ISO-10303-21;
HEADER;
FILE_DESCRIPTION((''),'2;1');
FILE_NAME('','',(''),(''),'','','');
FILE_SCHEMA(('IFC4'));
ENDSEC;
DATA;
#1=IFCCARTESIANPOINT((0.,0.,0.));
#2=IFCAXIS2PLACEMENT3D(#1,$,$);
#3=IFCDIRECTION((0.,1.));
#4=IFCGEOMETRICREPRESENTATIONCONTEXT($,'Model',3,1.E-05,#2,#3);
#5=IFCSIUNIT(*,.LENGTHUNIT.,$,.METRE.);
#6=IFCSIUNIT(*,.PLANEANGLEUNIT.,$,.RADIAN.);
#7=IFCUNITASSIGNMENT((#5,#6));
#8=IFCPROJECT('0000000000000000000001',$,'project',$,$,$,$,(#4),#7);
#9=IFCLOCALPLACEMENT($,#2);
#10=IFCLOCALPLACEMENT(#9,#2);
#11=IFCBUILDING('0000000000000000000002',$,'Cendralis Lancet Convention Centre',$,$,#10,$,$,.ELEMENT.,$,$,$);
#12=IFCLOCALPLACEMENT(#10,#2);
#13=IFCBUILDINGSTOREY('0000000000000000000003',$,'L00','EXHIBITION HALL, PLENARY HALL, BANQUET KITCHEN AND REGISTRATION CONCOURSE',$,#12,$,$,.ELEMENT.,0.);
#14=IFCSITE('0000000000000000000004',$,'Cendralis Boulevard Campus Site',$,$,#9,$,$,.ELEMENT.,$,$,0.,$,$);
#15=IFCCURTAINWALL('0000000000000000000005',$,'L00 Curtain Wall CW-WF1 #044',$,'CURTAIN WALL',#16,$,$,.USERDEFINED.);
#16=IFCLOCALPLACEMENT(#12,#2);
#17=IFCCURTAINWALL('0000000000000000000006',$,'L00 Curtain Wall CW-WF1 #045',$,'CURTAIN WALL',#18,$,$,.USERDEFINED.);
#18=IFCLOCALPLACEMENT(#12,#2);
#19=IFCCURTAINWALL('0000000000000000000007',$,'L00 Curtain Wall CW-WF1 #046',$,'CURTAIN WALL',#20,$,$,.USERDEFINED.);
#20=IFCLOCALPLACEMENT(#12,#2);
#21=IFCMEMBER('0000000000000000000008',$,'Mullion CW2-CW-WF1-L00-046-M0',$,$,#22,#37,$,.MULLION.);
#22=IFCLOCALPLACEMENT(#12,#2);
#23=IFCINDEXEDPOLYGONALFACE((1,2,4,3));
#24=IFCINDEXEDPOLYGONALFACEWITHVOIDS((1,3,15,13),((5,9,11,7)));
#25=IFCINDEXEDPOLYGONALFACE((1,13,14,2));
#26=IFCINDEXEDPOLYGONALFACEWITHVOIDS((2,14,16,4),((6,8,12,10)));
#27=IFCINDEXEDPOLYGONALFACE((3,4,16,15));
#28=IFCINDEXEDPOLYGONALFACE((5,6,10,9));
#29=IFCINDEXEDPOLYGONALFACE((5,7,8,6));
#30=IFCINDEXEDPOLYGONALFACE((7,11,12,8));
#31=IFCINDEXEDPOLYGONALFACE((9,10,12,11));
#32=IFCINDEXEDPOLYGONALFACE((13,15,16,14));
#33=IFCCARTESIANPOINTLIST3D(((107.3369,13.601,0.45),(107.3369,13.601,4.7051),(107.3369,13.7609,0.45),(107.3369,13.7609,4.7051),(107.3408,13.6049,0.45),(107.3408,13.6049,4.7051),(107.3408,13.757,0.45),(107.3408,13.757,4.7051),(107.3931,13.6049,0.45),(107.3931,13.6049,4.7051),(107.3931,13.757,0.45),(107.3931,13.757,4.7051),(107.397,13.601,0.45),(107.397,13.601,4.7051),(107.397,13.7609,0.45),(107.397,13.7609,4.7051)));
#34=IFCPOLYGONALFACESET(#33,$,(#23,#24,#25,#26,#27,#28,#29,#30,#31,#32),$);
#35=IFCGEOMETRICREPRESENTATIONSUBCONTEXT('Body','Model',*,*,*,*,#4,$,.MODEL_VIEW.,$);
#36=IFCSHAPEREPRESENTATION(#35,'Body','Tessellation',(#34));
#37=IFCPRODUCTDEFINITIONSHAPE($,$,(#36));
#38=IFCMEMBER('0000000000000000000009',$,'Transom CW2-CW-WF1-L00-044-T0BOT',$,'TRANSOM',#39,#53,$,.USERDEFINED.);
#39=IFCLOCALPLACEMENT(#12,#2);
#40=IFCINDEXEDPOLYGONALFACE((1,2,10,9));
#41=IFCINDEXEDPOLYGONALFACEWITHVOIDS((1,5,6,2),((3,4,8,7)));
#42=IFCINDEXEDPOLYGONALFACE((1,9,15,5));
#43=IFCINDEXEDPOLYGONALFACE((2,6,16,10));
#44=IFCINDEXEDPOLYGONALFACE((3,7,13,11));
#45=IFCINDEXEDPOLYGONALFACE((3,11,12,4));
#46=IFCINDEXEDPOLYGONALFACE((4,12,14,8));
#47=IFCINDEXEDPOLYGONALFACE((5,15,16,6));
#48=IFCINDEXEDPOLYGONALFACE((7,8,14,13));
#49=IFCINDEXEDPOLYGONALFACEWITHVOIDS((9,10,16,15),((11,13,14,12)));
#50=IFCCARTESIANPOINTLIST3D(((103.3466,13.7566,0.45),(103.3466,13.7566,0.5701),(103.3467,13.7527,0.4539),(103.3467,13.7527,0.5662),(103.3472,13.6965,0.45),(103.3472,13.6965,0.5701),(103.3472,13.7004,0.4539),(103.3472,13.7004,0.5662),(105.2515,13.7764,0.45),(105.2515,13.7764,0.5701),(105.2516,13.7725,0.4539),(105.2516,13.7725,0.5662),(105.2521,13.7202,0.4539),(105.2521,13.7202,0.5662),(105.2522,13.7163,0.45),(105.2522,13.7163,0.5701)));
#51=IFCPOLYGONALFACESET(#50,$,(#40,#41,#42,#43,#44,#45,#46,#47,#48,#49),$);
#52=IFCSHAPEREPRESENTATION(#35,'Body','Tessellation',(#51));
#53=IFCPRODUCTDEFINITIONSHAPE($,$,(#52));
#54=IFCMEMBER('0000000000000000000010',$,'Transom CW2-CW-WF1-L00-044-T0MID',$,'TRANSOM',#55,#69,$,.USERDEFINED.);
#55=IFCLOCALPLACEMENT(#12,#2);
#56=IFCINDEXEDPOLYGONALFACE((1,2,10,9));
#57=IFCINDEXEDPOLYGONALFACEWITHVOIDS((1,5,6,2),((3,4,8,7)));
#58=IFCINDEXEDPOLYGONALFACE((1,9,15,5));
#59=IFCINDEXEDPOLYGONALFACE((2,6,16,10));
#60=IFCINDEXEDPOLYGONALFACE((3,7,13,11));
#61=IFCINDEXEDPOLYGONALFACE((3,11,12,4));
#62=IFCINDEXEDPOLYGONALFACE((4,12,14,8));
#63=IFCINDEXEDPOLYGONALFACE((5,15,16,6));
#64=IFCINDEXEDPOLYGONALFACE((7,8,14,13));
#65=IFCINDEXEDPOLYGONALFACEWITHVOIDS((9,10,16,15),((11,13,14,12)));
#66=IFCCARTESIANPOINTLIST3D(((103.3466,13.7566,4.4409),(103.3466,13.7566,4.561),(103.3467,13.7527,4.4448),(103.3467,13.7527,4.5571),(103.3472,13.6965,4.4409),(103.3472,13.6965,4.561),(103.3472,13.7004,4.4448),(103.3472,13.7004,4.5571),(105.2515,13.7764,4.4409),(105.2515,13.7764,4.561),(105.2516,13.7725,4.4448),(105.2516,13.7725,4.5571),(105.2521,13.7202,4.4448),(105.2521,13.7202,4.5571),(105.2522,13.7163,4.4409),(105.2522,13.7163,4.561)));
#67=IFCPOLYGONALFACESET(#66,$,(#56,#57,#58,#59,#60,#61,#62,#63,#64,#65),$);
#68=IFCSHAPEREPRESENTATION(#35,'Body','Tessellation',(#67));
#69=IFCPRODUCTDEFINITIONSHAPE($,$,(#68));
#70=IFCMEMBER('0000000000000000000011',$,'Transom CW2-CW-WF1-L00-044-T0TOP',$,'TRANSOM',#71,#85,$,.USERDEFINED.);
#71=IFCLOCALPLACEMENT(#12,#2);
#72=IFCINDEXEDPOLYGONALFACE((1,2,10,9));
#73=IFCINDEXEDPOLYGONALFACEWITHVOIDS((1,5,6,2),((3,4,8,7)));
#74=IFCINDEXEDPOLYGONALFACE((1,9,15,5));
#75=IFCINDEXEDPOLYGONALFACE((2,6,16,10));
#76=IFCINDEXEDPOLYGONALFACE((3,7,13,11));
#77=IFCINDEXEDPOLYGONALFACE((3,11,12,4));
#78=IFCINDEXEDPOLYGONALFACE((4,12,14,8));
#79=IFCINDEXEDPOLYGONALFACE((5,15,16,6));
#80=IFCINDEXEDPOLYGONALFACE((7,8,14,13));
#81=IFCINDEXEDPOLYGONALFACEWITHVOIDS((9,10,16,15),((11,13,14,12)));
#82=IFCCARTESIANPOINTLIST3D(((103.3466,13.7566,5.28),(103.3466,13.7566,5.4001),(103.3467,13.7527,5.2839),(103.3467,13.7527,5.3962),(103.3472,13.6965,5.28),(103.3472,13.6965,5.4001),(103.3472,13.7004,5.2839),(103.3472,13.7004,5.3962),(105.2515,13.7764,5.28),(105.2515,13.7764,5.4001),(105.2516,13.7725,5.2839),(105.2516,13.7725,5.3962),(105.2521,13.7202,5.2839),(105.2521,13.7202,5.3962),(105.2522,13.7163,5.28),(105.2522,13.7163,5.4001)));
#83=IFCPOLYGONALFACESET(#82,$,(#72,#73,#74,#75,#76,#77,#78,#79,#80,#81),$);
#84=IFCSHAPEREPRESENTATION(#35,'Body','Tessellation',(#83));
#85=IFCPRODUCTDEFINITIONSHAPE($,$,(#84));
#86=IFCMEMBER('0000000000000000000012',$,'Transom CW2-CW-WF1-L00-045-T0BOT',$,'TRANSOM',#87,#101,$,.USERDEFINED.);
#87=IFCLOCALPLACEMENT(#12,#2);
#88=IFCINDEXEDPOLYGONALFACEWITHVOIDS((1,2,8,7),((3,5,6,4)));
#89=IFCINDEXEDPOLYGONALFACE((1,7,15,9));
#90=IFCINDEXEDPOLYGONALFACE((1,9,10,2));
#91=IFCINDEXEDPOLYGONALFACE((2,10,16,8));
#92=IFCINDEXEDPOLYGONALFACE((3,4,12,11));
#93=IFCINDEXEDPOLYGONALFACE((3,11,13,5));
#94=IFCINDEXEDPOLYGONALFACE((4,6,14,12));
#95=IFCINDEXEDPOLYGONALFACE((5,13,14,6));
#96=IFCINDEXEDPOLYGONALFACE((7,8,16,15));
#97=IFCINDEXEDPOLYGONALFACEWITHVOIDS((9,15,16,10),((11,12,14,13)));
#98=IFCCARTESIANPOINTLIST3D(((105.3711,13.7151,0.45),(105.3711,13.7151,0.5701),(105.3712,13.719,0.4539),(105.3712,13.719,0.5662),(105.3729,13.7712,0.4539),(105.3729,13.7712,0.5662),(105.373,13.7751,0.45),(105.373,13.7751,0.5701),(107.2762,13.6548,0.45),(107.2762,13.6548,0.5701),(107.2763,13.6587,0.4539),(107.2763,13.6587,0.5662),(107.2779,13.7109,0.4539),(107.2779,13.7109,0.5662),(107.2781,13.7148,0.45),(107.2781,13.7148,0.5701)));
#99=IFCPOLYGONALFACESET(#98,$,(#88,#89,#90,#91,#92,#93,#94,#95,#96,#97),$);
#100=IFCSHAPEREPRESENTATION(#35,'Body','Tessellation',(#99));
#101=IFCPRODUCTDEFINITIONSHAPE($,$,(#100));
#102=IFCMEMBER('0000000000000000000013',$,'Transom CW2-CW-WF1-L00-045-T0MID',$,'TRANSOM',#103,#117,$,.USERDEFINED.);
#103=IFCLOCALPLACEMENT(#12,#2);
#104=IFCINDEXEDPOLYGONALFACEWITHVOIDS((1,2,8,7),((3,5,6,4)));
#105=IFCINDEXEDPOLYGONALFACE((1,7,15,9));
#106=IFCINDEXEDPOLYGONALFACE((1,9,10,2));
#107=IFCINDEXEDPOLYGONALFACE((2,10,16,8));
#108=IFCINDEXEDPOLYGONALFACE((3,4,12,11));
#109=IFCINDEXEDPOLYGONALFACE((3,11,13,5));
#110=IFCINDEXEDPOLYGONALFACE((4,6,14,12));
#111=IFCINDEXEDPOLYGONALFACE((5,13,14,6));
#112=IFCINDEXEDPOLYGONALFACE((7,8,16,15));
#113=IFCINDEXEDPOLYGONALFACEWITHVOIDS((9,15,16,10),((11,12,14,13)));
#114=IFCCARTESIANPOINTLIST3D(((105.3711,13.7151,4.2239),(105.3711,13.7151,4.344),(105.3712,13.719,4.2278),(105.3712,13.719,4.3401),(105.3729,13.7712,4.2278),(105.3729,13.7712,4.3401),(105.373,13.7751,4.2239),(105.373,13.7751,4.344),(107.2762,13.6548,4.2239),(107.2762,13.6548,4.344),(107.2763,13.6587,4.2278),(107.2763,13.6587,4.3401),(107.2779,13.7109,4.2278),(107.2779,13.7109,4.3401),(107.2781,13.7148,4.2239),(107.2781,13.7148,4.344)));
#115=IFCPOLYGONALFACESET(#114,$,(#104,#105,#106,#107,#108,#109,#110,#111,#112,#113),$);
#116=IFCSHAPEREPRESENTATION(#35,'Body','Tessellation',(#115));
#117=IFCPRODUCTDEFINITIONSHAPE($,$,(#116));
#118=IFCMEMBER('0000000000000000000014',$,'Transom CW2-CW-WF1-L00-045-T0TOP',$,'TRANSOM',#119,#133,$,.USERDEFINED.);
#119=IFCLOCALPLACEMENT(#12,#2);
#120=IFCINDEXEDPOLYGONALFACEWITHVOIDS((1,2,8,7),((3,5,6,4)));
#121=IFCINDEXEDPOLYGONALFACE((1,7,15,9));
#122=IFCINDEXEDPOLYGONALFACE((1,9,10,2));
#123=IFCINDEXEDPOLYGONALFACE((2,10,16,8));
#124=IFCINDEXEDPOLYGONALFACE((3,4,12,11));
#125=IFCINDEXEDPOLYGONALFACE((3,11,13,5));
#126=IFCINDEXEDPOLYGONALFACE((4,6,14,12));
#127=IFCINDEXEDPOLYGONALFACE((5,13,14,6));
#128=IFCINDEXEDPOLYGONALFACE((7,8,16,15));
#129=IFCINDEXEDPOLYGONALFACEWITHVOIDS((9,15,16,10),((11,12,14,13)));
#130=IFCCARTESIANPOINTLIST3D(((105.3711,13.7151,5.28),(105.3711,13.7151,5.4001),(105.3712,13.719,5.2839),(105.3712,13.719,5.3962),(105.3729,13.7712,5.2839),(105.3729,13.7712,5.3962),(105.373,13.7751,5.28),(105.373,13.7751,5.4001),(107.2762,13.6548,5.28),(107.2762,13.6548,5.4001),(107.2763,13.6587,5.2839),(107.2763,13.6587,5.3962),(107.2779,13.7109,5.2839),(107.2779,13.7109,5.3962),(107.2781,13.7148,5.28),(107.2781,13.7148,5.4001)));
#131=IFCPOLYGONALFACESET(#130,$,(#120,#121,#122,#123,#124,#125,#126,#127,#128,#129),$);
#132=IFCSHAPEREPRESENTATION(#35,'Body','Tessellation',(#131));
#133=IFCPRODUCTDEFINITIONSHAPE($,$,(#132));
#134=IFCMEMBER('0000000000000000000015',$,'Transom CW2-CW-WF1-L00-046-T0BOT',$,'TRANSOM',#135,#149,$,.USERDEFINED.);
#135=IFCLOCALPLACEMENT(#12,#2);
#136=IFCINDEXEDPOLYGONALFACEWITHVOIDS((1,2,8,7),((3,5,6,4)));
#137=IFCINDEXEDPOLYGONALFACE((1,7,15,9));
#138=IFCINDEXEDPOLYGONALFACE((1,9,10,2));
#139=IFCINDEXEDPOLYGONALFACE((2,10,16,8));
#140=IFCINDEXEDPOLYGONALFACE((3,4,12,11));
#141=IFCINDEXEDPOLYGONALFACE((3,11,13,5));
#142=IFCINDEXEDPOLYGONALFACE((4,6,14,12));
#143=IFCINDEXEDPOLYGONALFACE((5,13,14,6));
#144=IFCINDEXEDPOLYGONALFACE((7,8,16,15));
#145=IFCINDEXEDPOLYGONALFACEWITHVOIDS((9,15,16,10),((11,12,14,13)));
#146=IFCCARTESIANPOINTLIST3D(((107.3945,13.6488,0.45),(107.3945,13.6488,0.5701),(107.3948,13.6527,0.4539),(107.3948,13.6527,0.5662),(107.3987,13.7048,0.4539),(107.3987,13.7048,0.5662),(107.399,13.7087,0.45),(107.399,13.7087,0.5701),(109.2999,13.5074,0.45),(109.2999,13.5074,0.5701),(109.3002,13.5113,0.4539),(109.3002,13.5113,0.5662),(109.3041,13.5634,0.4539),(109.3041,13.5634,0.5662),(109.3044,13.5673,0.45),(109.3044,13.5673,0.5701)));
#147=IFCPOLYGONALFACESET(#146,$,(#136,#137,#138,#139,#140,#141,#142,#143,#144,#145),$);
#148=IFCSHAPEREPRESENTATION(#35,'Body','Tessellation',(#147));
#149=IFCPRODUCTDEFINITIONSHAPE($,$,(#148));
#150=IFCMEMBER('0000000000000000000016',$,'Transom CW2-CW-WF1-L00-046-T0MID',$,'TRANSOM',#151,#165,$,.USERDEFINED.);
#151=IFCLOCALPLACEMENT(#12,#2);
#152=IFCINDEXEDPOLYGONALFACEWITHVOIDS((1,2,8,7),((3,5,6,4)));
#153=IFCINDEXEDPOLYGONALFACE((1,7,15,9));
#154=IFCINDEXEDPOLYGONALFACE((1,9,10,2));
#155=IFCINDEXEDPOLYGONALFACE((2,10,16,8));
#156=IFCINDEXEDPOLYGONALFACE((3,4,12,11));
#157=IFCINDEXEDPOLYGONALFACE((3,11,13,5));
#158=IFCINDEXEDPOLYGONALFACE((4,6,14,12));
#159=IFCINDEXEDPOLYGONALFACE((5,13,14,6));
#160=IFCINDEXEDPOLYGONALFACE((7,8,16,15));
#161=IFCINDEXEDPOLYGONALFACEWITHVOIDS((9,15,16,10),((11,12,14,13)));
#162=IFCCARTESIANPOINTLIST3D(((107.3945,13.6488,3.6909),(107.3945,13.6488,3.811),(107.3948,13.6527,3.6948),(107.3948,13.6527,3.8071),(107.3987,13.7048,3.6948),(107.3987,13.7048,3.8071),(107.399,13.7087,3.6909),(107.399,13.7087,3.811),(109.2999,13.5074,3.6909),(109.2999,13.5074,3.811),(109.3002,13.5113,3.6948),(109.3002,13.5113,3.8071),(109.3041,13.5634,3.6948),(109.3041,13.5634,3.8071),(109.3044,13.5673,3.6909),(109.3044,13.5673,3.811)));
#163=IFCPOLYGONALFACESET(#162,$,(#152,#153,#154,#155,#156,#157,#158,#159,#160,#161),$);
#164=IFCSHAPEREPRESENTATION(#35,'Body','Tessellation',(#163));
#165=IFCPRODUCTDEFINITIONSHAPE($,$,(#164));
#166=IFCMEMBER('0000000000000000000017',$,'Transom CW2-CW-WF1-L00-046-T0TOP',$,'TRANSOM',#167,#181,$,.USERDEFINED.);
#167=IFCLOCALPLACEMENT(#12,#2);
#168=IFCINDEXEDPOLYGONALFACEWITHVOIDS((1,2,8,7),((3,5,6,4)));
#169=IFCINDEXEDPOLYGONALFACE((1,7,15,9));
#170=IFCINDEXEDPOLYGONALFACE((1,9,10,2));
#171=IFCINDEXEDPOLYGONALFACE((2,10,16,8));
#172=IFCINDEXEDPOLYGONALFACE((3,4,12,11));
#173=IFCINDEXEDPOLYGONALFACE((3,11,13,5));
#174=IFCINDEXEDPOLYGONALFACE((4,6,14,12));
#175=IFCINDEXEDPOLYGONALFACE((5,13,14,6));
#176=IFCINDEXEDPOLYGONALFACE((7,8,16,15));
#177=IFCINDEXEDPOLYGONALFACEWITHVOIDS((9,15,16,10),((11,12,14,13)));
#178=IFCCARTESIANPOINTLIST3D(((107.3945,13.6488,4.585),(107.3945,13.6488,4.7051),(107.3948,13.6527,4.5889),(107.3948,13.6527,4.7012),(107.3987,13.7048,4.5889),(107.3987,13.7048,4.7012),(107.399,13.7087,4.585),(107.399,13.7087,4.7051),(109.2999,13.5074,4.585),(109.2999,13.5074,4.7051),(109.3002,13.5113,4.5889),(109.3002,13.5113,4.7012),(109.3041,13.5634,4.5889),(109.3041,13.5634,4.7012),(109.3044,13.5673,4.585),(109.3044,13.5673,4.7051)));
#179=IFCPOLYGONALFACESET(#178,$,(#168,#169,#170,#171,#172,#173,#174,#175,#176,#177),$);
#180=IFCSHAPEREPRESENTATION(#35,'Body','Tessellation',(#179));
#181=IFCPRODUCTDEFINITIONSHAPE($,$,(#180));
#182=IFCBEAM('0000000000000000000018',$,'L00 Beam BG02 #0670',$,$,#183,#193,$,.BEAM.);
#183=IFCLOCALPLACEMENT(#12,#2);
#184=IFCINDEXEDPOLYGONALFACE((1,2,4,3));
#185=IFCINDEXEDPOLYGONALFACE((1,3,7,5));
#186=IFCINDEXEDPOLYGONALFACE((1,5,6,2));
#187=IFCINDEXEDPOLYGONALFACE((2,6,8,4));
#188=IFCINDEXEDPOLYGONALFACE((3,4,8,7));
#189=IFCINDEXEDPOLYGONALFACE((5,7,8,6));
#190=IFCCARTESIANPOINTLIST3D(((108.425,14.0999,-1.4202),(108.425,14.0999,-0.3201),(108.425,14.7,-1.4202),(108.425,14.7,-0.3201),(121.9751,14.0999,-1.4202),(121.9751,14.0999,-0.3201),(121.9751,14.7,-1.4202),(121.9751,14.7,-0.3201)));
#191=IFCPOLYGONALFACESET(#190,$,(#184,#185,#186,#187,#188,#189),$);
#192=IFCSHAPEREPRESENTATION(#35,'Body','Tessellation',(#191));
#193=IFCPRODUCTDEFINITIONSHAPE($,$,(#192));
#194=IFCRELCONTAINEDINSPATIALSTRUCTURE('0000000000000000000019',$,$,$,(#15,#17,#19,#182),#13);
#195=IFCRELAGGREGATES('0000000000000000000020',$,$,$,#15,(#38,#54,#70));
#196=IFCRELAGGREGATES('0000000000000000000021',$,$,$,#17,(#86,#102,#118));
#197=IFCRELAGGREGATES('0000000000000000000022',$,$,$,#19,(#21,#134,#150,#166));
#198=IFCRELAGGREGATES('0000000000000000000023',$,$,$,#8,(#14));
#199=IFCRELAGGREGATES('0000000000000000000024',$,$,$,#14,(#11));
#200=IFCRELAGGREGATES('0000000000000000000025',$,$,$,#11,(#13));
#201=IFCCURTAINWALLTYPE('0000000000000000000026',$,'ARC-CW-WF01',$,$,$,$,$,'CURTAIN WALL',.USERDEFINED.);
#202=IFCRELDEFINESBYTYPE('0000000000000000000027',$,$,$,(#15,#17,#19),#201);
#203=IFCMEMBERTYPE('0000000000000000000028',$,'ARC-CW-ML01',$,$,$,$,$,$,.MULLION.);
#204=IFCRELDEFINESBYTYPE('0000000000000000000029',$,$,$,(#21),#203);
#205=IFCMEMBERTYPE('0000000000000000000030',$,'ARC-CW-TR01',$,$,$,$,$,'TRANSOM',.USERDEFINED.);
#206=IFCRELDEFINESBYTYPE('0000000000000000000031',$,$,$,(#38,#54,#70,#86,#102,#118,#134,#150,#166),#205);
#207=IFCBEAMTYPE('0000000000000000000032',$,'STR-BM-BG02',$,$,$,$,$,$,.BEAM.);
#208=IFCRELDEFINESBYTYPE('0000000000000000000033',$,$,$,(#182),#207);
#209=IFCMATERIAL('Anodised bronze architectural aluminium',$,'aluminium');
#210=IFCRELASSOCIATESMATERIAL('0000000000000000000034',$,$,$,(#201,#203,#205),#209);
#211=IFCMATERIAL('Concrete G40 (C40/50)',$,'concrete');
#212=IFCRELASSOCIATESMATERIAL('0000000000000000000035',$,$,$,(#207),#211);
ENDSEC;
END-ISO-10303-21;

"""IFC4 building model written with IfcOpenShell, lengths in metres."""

from ifc_helpers import new_model, si_unit, direction, frame, origin, origin_2d, place, context, subcontext, project, spatial, rectangle, hollow_rectangle, extrude, material, material_profile, profile_set, type_object, element, aggregate, save


model = new_model("IFC4")

# Units and contexts
model_context = context("Model", 3, precision=1e-05, world=origin(), true_north=direction((0.0, 1.0)))
body_context = subcontext(model_context, "Body", "Model", "MODEL_VIEW")
ifc_project = project(units=[si_unit("LENGTHUNIT", "METRE"), si_unit("PLANEANGLEUNIT", "RADIAN")], contexts=[model_context])

# Site, building, storey
site_placement = place(None, origin())
site = spatial("IfcSite", under=ifc_project, at=site_placement, Name="Cendralis Boulevard Campus Site", CompositionType="ELEMENT", RefElevation=0.0)
building_placement = place(site_placement, origin())
building = spatial("IfcBuilding", under=site, at=building_placement, Name="Cendralis Lancet Convention Centre", CompositionType="ELEMENT")
storey_placement = place(building_placement, origin())
storey = spatial("IfcBuildingStorey", under=building, at=storey_placement, Name="L00", Description="EXHIBITION HALL, PLENARY HALL, BANQUET KITCHEN AND REGISTRATION CONCOURSE", CompositionType="ELEMENT", Elevation=0.0)

# Shared definitions
ifc_material_1 = material(Name="Concrete G40 (C40/50)", Category="concrete")

# Curtain walls
ifc_material_2 = material(Name="Anodised bronze architectural aluminium", Category="aluminium")
curtain_wall_type = type_object("IfcCurtainWallType", Name="ARC-CW-WF01", ElementType="CURTAIN WALL", PredefinedType="USERDEFINED", material=ifc_material_2)
curtain_wall_1_placement = place(storey_placement, origin())
curtain_wall_1 = element("IfcCurtainWall", 1, at=curtain_wall_1_placement, inside=storey, type_object=curtain_wall_type, Name="L00 Curtain Wall CW-WF1 #044", ObjectType="CURTAIN WALL", PredefinedType="USERDEFINED")
ifc_material_profile_1 = material_profile(ifc_material_2, hollow_rectangle(XDim=0.0601, YDim=0.1599, WallThickness=0.0039, at=origin_2d()), Name="AL-MULL 60x160x4.0")
ifc_profile_set_1 = profile_set([ifc_material_profile_1], Name="Anodised bronze architectural aluminium")
member_type_1 = type_object("IfcMemberType", Name="ARC-CW-ML01", PredefinedType="MULLION", material=ifc_profile_set_1)
curtain_wall_2_placement = place(storey_placement, origin())
curtain_wall_2 = element("IfcCurtainWall", 2, at=curtain_wall_2_placement, inside=storey, type_object=curtain_wall_type, Name="L00 Curtain Wall CW-WF1 #045", ObjectType="CURTAIN WALL", PredefinedType="USERDEFINED")

# Curtain wall, member
curtain_wall_3_placement = place(storey_placement, origin())
curtain_wall_3 = element("IfcCurtainWall", 3, at=curtain_wall_3_placement, inside=storey, type_object=curtain_wall_type, Name="L00 Curtain Wall CW-WF1 #046", ObjectType="CURTAIN WALL", PredefinedType="USERDEFINED")
member_1_placement = place(storey_placement, frame((107.3669, 13.6809, 0.45), z_axis=(0.0, 0.0, 1.0), x_axis=(1.0, 0.0, 0.0)))
member_1 = element("IfcMember", 4, at=member_1_placement, type_object=member_type_1, Name="Mullion CW2-CW-WF1-L00-046-M0", PredefinedType="MULLION", context=body_context, shape_type="SweptSolid", body=[
    extrude(hollow_rectangle(XDim=0.0601, YDim=0.1599, WallThickness=0.0039, at=origin_2d()), origin(), (0.0, 0.0, 1.0), 4.2551),
])

# Members
ifc_material_profile_2 = material_profile(ifc_material_2, hollow_rectangle(XDim=0.0601, YDim=0.1201, WallThickness=0.0039, at=origin_2d()), Name="AL-TRAN 60x120x4.0")
ifc_profile_set_2 = profile_set([ifc_material_profile_2], Name="Anodised bronze architectural aluminium")
member_type_2 = type_object("IfcMemberType", Name="ARC-CW-TR01", ElementType="TRANSOM", PredefinedType="USERDEFINED", material=ifc_profile_set_2)
member_2_placement = place(storey_placement, frame((103.3469, 13.7266, 0.51), z_axis=(0.999946, 0.01038, 0.0), x_axis=(-0.01038, 0.999946, 0.0)))
member_2 = element("IfcMember", 5, at=member_2_placement, type_object=member_type_2, Name="Transom CW2-CW-WF1-L00-044-T0BOT", ObjectType="TRANSOM", PredefinedType="USERDEFINED", context=body_context, shape_type="SweptSolid", body=[
    extrude(hollow_rectangle(XDim=0.0601, YDim=0.1201, WallThickness=0.0039, at=origin_2d()), origin(), (0.0, 0.0, 1.0), 1.905),
])
member_3_placement = place(storey_placement, frame((103.3469, 13.7266, 4.501), z_axis=(0.999946, 0.01038, 0.0), x_axis=(-0.01038, 0.999946, 0.0)))
member_3 = element("IfcMember", 6, at=member_3_placement, type_object=member_type_2, Name="Transom CW2-CW-WF1-L00-044-T0MID", ObjectType="TRANSOM", PredefinedType="USERDEFINED", context=body_context, shape_type="SweptSolid", body=[
    extrude(hollow_rectangle(XDim=0.0601, YDim=0.1201, WallThickness=0.0039, at=origin_2d()), origin(), (0.0, 0.0, 1.0), 1.905),
])
member_4_placement = place(storey_placement, frame((103.3469, 13.7266, 5.3401), z_axis=(0.999946, 0.01038, 0.0), x_axis=(-0.01038, 0.999946, 0.0)))
member_4 = element("IfcMember", 7, at=member_4_placement, type_object=member_type_2, Name="Transom CW2-CW-WF1-L00-044-T0TOP", ObjectType="TRANSOM", PredefinedType="USERDEFINED", context=body_context, shape_type="SweptSolid", body=[
    extrude(hollow_rectangle(XDim=0.0601, YDim=0.1201, WallThickness=0.0039, at=origin_2d()), origin(), (0.0, 0.0, 1.0), 1.905),
])
member_5_placement = place(storey_placement, frame((105.3721, 13.7451, 0.51), z_axis=(0.999499, -0.031639, 0.0), x_axis=(0.031639, 0.999499, 0.0)))
member_5 = element("IfcMember", 8, at=member_5_placement, type_object=member_type_2, Name="Transom CW2-CW-WF1-L00-045-T0BOT", ObjectType="TRANSOM", PredefinedType="USERDEFINED", context=body_context, shape_type="SweptSolid", body=[
    extrude(hollow_rectangle(XDim=0.0601, YDim=0.1201, WallThickness=0.0039, at=origin_2d()), origin(), (0.0, 0.0, 1.0), 1.906),
])
member_6_placement = place(storey_placement, frame((105.3721, 13.7451, 4.2839), z_axis=(0.999499, -0.031639, 0.0), x_axis=(0.031639, 0.999499, 0.0)))
member_6 = element("IfcMember", 9, at=member_6_placement, type_object=member_type_2, Name="Transom CW2-CW-WF1-L00-045-T0MID", ObjectType="TRANSOM", PredefinedType="USERDEFINED", context=body_context, shape_type="SweptSolid", body=[
    extrude(hollow_rectangle(XDim=0.0601, YDim=0.1201, WallThickness=0.0039, at=origin_2d()), origin(), (0.0, 0.0, 1.0), 1.906),
])
member_7_placement = place(storey_placement, frame((105.3721, 13.7451, 5.3401), z_axis=(0.999499, -0.031639, 0.0), x_axis=(0.031639, 0.999499, 0.0)))
member_7 = element("IfcMember", 10, at=member_7_placement, type_object=member_type_2, Name="Transom CW2-CW-WF1-L00-045-T0TOP", ObjectType="TRANSOM", PredefinedType="USERDEFINED", context=body_context, shape_type="SweptSolid", body=[
    extrude(hollow_rectangle(XDim=0.0601, YDim=0.1201, WallThickness=0.0039, at=origin_2d()), origin(), (0.0, 0.0, 1.0), 1.906),
])
member_8_placement = place(storey_placement, frame((107.3967, 13.6787, 0.51), z_axis=(0.99726, -0.07398, 0.0), x_axis=(0.07398, 0.99726, 0.0)))
member_8 = element("IfcMember", 11, at=member_8_placement, type_object=member_type_2, Name="Transom CW2-CW-WF1-L00-046-T0BOT", ObjectType="TRANSOM", PredefinedType="USERDEFINED", context=body_context, shape_type="SweptSolid", body=[
    extrude(hollow_rectangle(XDim=0.0601, YDim=0.1201, WallThickness=0.0039, at=origin_2d()), origin(), (0.0, 0.0, 1.0), 1.9106),
])
member_9_placement = place(storey_placement, frame((107.3967, 13.6787, 3.751), z_axis=(0.99726, -0.07398, 0.0), x_axis=(0.07398, 0.99726, 0.0)))
member_9 = element("IfcMember", 12, at=member_9_placement, type_object=member_type_2, Name="Transom CW2-CW-WF1-L00-046-T0MID", ObjectType="TRANSOM", PredefinedType="USERDEFINED", context=body_context, shape_type="SweptSolid", body=[
    extrude(hollow_rectangle(XDim=0.0601, YDim=0.1201, WallThickness=0.0039, at=origin_2d()), origin(), (0.0, 0.0, 1.0), 1.9106),
])
member_10_placement = place(storey_placement, frame((107.3967, 13.6787, 4.645), z_axis=(0.99726, -0.07398, 0.0), x_axis=(0.07398, 0.99726, 0.0)))
member_10 = element("IfcMember", 13, at=member_10_placement, type_object=member_type_2, Name="Transom CW2-CW-WF1-L00-046-T0TOP", ObjectType="TRANSOM", PredefinedType="USERDEFINED", context=body_context, shape_type="SweptSolid", body=[
    extrude(hollow_rectangle(XDim=0.0601, YDim=0.1201, WallThickness=0.0039, at=origin_2d()), origin(), (0.0, 0.0, 1.0), 1.9106),
])

# Beam
ifc_material_profile_3 = material_profile(ifc_material_1, rectangle(XDim=0.6001, YDim=1.1001, at=origin_2d()), Name="RCB 600x1100")
ifc_profile_set_3 = profile_set([ifc_material_profile_3], Name="Concrete G40 (C40/50)")
beam_type_1 = type_object("IfcBeamType", Name="STR-BM-BG02", PredefinedType="BEAM", material=ifc_profile_set_3)
beam_1_placement = place(storey_placement, frame((108.425, 14.3999, -0.8701), z_axis=(1.0, 0.0, 0.0), x_axis=(0.0, 1.0, 0.0)))
element("IfcBeam", 14, at=beam_1_placement, inside=storey, type_object=beam_type_1, Name="L00 Beam BG02 #0670", PredefinedType="BEAM", context=body_context, shape_type="SweptSolid", body=[
    extrude(rectangle(XDim=0.6001, YDim=1.1001, at=origin_2d()), origin(), (0.0, 0.0, 1.0), 13.55),
])

aggregate(curtain_wall_1, [member_2, member_3, member_4])
aggregate(curtain_wall_2, [member_5, member_6, member_7])
aggregate(curtain_wall_3, [member_1, member_8, member_9, member_10])

save(model, "model.ifc")
